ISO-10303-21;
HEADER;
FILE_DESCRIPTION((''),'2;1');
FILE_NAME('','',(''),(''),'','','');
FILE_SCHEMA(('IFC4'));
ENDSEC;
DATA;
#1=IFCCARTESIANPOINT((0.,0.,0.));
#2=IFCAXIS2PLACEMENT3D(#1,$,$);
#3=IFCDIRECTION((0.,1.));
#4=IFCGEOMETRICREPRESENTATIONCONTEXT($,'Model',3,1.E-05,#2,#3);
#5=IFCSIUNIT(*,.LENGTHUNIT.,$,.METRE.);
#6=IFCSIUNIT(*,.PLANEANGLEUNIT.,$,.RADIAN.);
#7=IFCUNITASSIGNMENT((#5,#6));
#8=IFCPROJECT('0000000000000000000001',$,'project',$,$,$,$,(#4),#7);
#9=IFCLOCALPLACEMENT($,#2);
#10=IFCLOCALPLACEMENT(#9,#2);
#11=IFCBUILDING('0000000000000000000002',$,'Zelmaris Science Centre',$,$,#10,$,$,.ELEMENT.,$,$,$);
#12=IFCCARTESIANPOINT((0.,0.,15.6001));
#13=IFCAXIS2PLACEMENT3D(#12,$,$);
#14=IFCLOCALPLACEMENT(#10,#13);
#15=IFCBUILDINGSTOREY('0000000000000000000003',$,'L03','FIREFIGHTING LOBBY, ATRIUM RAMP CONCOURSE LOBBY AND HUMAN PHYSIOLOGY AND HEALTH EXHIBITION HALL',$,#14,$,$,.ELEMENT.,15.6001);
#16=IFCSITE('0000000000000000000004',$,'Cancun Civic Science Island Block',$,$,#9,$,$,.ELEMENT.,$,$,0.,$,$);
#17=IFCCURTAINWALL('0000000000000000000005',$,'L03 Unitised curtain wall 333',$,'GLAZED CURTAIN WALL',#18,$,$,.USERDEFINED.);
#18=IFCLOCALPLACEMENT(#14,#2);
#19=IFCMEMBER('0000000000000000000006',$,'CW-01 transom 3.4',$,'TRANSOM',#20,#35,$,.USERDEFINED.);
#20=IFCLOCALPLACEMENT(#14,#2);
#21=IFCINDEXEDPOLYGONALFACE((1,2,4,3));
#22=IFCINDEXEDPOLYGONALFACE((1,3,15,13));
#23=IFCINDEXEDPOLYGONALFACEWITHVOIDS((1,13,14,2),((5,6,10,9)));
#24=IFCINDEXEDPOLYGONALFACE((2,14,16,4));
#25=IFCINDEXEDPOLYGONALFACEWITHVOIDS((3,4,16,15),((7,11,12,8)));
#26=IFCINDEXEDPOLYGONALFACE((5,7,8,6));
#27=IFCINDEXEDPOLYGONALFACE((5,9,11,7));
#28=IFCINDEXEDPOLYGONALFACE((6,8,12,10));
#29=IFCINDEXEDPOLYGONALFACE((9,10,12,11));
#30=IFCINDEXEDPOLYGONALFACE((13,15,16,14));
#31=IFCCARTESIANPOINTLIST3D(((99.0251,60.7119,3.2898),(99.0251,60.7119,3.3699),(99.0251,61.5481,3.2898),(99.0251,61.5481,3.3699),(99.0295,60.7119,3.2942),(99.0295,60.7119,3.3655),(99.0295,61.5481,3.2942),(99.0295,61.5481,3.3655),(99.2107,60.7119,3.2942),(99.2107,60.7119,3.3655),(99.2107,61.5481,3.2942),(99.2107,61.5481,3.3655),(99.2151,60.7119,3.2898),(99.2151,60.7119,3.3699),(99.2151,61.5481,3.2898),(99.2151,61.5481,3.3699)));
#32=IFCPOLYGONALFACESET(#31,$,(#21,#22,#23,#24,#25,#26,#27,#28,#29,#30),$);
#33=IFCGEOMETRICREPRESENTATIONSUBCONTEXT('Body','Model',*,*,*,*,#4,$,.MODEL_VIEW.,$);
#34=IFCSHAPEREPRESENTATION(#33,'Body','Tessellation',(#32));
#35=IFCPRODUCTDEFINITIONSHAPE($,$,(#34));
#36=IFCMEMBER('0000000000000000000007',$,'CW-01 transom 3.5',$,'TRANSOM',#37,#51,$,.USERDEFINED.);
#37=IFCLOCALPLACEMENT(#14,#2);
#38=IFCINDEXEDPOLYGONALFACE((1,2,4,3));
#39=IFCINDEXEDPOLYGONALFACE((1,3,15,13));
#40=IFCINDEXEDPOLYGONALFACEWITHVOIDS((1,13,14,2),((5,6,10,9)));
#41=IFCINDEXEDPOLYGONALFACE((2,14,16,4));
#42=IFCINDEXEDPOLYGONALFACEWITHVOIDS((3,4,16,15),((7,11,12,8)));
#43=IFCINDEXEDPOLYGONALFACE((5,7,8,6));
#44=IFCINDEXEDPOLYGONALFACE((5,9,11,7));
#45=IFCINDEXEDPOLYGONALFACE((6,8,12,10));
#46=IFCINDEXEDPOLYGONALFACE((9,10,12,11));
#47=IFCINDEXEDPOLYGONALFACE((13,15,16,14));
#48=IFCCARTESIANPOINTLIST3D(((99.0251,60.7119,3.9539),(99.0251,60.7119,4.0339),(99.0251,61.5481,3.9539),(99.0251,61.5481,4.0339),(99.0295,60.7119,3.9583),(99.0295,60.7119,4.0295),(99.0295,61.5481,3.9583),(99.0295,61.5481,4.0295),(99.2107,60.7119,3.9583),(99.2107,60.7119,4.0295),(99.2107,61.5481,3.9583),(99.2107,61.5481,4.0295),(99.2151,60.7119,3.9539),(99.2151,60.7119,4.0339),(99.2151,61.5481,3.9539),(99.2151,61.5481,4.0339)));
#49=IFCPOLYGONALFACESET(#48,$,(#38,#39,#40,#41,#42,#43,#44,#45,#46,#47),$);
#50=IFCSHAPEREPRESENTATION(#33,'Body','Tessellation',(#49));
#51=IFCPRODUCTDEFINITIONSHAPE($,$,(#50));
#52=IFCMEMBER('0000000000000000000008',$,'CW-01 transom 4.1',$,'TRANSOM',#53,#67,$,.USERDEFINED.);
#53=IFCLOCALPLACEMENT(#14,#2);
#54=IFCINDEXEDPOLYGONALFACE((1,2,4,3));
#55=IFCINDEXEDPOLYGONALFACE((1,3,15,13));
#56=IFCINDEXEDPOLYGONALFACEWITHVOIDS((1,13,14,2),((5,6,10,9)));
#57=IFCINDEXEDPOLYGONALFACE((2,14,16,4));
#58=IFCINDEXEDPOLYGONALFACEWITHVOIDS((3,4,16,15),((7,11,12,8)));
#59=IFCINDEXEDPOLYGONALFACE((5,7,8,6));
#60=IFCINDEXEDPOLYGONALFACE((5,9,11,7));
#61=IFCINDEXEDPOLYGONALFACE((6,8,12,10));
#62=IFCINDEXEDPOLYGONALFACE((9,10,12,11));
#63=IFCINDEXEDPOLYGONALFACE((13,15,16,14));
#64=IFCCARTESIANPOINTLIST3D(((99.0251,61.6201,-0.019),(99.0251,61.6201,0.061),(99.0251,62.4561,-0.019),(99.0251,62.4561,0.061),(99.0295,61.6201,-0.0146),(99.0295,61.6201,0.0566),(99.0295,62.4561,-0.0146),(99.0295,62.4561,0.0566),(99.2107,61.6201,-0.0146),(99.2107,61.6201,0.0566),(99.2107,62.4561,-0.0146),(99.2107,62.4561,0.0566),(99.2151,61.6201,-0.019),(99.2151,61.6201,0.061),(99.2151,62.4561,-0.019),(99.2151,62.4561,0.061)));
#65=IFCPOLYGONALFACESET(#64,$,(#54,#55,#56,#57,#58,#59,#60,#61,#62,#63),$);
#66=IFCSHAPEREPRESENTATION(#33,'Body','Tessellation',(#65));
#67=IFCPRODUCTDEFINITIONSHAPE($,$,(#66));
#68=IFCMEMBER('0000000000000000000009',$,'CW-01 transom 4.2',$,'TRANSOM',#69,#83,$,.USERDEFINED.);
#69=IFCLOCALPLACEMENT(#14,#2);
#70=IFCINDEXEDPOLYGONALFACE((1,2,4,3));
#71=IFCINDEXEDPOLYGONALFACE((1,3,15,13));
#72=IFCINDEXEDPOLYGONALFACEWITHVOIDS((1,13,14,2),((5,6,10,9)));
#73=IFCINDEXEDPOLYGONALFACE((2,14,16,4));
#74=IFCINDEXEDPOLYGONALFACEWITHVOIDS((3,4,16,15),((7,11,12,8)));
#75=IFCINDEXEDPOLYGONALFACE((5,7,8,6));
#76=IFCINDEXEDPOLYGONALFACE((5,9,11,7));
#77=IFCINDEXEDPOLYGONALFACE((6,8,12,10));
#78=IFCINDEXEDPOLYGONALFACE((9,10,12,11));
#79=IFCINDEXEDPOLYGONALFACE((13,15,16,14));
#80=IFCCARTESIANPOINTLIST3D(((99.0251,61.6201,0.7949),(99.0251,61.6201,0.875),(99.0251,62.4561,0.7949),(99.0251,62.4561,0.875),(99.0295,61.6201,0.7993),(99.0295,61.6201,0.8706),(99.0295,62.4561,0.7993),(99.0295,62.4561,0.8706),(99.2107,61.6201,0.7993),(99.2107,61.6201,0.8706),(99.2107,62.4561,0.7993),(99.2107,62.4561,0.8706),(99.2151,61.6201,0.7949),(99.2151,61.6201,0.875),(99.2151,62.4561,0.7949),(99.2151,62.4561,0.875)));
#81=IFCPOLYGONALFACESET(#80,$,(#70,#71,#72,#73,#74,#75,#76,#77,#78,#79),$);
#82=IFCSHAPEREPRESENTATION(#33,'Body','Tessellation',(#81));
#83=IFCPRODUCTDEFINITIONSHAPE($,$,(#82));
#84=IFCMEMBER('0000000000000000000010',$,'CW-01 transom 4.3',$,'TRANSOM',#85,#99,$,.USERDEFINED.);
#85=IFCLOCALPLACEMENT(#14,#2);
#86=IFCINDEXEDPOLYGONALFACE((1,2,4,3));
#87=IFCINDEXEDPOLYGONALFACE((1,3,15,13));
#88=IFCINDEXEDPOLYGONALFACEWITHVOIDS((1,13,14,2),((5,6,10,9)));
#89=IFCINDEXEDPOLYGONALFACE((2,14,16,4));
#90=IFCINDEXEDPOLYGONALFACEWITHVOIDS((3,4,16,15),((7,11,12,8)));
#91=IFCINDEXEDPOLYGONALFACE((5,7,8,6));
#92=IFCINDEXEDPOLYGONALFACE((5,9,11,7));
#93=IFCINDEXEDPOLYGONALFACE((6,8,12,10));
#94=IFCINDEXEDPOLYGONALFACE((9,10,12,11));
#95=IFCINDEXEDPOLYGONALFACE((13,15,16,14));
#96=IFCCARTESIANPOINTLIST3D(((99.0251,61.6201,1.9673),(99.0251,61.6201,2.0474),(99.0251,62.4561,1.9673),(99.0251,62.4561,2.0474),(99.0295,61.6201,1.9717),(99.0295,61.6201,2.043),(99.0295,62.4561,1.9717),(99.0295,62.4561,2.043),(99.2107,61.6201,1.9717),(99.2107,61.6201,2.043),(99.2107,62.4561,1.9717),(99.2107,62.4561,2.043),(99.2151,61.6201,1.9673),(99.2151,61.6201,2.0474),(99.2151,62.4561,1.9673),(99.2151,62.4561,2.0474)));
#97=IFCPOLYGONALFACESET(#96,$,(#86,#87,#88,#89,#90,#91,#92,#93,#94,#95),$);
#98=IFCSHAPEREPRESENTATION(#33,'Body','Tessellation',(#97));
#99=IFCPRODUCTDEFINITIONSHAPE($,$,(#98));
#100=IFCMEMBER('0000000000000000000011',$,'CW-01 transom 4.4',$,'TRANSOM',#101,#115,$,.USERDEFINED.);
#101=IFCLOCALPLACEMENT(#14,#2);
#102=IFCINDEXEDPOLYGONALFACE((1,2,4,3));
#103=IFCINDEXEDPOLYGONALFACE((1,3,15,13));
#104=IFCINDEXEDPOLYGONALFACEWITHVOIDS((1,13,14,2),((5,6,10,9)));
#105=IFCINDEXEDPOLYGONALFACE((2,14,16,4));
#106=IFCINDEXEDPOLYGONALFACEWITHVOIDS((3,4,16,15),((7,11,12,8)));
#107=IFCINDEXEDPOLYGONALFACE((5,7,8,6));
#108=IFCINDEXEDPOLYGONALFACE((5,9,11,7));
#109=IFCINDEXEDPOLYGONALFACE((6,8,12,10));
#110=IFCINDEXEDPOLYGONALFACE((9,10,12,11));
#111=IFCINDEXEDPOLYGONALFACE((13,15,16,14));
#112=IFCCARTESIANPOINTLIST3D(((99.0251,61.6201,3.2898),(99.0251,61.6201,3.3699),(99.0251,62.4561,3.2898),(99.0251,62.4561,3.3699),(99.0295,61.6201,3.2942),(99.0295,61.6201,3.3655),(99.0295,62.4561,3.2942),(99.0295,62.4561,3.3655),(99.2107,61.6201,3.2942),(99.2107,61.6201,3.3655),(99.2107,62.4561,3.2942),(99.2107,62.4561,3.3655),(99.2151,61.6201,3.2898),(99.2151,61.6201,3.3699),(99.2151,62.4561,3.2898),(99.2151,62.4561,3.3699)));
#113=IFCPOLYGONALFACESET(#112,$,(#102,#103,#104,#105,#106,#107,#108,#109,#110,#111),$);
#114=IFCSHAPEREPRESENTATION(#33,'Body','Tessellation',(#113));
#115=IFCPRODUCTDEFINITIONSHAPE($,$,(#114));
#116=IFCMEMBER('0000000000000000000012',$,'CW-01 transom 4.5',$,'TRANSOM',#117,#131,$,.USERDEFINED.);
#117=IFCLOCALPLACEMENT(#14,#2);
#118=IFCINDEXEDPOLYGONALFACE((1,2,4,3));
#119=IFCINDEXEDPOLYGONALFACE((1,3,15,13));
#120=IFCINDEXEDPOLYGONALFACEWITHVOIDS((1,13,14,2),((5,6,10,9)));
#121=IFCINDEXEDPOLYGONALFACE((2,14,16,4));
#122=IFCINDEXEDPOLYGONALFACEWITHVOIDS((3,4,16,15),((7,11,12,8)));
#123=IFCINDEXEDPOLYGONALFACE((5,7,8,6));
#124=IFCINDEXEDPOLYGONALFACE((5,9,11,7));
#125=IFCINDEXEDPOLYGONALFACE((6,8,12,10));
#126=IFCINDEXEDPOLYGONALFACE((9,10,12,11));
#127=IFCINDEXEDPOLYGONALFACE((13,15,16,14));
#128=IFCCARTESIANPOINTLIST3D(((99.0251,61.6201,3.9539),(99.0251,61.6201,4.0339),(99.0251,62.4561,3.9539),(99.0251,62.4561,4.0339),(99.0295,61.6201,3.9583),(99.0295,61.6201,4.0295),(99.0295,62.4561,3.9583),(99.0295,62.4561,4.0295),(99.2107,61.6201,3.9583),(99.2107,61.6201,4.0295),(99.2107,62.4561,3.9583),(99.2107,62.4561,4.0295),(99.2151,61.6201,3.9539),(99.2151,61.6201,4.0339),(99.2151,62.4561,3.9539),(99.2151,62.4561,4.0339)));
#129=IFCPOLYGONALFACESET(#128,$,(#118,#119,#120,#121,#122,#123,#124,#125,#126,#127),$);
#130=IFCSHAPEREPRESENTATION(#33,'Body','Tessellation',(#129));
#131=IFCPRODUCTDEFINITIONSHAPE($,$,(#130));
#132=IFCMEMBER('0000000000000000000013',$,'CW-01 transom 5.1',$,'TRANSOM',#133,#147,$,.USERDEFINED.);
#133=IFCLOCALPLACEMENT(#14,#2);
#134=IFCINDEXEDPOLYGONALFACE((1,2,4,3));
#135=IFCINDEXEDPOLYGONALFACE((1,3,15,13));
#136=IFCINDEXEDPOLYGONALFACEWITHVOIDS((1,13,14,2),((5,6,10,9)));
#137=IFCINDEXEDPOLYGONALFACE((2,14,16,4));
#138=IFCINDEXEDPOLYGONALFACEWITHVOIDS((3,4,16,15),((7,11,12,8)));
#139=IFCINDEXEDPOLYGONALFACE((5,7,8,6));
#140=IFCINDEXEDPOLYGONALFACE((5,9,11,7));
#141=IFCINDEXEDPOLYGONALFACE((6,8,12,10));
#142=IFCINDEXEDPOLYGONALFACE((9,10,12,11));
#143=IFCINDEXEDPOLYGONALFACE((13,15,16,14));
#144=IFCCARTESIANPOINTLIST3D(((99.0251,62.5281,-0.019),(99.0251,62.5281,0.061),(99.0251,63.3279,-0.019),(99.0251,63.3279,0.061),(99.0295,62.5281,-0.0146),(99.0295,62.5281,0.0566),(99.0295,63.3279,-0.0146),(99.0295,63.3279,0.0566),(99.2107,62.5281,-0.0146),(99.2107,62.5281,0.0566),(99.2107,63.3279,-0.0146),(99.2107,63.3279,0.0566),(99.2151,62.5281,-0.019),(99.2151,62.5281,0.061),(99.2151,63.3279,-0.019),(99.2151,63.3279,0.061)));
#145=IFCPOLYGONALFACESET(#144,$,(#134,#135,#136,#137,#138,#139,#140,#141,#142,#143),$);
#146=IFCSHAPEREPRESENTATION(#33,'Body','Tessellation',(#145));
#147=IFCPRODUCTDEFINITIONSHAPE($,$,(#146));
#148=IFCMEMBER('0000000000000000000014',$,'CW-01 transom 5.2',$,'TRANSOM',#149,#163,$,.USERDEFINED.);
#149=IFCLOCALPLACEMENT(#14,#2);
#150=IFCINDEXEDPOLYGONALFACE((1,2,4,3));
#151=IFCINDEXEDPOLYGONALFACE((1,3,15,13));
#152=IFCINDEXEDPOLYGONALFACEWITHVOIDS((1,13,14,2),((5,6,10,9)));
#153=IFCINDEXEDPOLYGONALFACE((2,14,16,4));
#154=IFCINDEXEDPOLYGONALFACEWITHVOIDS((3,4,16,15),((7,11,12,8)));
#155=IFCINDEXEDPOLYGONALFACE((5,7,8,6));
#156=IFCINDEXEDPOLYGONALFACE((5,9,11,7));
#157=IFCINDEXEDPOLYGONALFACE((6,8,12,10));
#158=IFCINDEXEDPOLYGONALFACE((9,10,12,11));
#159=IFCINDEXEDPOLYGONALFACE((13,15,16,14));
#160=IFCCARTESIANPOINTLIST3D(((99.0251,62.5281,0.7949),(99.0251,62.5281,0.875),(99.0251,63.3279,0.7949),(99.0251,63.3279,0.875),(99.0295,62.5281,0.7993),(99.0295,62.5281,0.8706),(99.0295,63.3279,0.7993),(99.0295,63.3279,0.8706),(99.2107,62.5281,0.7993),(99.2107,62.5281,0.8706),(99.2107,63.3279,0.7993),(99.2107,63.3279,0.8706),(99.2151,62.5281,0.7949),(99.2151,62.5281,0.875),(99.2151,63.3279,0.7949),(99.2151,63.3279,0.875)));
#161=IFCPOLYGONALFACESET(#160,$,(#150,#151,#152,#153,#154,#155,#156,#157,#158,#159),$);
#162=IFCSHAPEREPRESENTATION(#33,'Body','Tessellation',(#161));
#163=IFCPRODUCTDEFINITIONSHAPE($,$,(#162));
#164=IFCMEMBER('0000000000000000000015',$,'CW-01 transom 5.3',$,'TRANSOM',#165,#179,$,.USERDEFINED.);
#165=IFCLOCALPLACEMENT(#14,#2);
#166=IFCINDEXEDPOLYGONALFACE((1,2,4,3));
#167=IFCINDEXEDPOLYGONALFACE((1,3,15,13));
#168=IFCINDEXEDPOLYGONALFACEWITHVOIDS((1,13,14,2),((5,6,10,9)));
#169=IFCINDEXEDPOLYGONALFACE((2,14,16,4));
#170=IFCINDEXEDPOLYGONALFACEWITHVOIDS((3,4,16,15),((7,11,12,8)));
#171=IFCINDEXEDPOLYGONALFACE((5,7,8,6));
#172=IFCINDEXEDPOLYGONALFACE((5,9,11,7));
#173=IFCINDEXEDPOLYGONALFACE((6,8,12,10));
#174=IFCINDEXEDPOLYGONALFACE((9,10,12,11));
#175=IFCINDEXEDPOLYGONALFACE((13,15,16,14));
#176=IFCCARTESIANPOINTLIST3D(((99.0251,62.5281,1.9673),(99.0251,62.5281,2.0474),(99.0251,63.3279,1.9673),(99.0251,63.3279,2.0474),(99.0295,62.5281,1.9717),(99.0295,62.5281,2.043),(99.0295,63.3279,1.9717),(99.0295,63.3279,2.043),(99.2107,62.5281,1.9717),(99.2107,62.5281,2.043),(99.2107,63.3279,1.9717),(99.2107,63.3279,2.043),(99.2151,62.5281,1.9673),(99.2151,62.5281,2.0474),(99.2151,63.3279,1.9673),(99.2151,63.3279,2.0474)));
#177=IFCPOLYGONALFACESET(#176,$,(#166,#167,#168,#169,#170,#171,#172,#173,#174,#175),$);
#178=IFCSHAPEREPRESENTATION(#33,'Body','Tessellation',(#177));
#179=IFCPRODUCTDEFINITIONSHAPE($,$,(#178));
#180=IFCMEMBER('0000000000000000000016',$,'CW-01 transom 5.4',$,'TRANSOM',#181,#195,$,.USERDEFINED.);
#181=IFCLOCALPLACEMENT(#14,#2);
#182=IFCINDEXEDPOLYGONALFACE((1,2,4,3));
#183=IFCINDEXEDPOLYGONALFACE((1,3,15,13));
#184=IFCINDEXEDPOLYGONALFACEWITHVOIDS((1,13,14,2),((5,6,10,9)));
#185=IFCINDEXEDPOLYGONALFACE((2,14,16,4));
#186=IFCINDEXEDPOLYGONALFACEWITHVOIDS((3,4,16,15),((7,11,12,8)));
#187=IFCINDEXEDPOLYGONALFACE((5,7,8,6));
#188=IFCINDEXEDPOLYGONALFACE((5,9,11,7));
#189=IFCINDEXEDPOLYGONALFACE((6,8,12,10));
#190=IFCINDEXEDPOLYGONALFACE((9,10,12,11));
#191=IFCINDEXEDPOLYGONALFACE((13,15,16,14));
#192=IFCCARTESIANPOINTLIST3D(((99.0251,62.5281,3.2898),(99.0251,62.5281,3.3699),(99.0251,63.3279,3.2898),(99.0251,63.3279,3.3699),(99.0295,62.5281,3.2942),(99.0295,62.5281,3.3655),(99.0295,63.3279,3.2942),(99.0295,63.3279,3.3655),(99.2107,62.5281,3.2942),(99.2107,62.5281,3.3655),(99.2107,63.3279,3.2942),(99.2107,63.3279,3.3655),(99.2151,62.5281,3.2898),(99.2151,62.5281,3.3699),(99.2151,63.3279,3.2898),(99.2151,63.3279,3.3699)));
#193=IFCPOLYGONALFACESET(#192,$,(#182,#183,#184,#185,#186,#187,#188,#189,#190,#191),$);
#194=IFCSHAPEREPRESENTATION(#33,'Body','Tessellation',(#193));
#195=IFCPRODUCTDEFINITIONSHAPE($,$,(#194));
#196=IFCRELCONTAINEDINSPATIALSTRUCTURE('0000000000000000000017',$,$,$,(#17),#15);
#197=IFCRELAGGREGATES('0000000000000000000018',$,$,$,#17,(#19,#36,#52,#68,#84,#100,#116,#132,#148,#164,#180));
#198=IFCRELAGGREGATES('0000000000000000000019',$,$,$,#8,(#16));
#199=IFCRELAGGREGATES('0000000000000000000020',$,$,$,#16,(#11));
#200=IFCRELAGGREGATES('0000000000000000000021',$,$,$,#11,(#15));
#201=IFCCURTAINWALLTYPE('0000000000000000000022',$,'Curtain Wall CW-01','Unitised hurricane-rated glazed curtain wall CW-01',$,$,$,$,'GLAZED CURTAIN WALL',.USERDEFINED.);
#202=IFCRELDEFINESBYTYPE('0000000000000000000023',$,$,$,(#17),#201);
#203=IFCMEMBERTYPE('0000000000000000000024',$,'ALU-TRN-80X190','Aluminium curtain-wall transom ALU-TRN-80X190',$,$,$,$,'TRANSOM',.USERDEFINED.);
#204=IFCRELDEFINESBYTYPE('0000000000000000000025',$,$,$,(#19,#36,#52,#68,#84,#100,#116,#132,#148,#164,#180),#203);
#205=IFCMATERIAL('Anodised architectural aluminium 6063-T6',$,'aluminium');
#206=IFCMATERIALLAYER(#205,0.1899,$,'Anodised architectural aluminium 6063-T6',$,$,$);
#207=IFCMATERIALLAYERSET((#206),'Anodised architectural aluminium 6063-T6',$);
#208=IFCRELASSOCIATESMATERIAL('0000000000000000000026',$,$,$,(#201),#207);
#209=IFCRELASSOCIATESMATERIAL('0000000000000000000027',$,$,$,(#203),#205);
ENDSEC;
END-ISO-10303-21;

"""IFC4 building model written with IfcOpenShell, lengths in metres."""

from ifc_helpers import new_model, si_unit, direction, frame, origin, origin_2d, place, context, subcontext, project, spatial, hollow_rectangle, extrude, material, layer, layer_set, material_profile, profile_set, type_object, element, aggregate, save


model = new_model("IFC4")

# Units and contexts
model_context = context("Model", 3, precision=1e-05, world=origin(), true_north=direction((0.0, 1.0)))
body_context = subcontext(model_context, "Body", "Model", "MODEL_VIEW")
ifc_project = project(units=[si_unit("LENGTHUNIT", "METRE"), si_unit("PLANEANGLEUNIT", "RADIAN")], contexts=[model_context])

# Site, building, storey
site_placement = place(None, origin())
site = spatial("IfcSite", under=ifc_project, at=site_placement, Name="Cancun Civic Science Island Block", CompositionType="ELEMENT", RefElevation=0.0)
building_placement = place(site_placement, origin())
building = spatial("IfcBuilding", under=site, at=building_placement, Name="Zelmaris Science Centre", CompositionType="ELEMENT")
storey_placement = place(building_placement, frame((0.0, 0.0, 15.6001)))
storey = spatial("IfcBuildingStorey", under=building, at=storey_placement, Name="L03", Description="FIREFIGHTING LOBBY, ATRIUM RAMP CONCOURSE LOBBY AND HUMAN PHYSIOLOGY AND HEALTH EXHIBITION HALL", CompositionType="ELEMENT", Elevation=15.6001)

# Curtain wall, members
ifc_material_1 = material(Name="Anodised architectural aluminium 6063-T6", Category="aluminium")
ifc_layer_1 = layer(ifc_material_1, 0.1899, Name="Anodised architectural aluminium 6063-T6")
ifc_layer_set_1 = layer_set([ifc_layer_1], Name="Anodised architectural aluminium 6063-T6")
curtain_wall_type = type_object("IfcCurtainWallType", Name="Curtain Wall CW-01", Description="Unitised hurricane-rated glazed curtain wall CW-01", ElementType="GLAZED CURTAIN WALL", PredefinedType="USERDEFINED", material=ifc_layer_set_1)
curtain_wall_placement = place(storey_placement, origin())
curtain_wall = element("IfcCurtainWall", 1, at=curtain_wall_placement, inside=storey, type_object=curtain_wall_type, Name="L03 Unitised curtain wall 333", ObjectType="GLAZED CURTAIN WALL", PredefinedType="USERDEFINED")
ifc_material_profile_1 = material_profile(ifc_material_1, hollow_rectangle(XDim=0.0801, YDim=0.1899, WallThickness=0.0044, at=origin_2d()), Name="ALU-TRN-80X190")
ifc_profile_set_1 = profile_set([ifc_material_profile_1], Name="Anodised architectural aluminium 6063-T6")
member_type_1 = type_object("IfcMemberType", Name="ALU-TRN-80X190", Description="Aluminium curtain-wall transom ALU-TRN-80X190", ElementType="TRANSOM", PredefinedType="USERDEFINED", material=ifc_profile_set_1)
member_1_placement = place(storey_placement, frame((99.1201, 60.7119, 3.3298), z_axis=(0.0, 1.0, 0.0), x_axis=(0.0, 0.0, 1.0)))
member_1 = element("IfcMember", 2, at=member_1_placement, type_object=member_type_1, Name="CW-01 transom 3.4", ObjectType="TRANSOM", PredefinedType="USERDEFINED", context=body_context, shape_type="SweptSolid", body=[
    extrude(hollow_rectangle(XDim=0.0801, YDim=0.1899, WallThickness=0.0044, at=origin_2d()), origin(), (0.0, 0.0, 1.0), 0.8362),
])
member_2_placement = place(storey_placement, frame((99.1201, 60.7119, 3.9939), z_axis=(0.0, 1.0, 0.0), x_axis=(0.0, 0.0, 1.0)))
member_2 = element("IfcMember", 3, at=member_2_placement, type_object=member_type_1, Name="CW-01 transom 3.5", ObjectType="TRANSOM", PredefinedType="USERDEFINED", context=body_context, shape_type="SweptSolid", body=[
    extrude(hollow_rectangle(XDim=0.0801, YDim=0.1899, WallThickness=0.0044, at=origin_2d()), origin(), (0.0, 0.0, 1.0), 0.8362),
])
member_3_placement = place(storey_placement, frame((99.1201, 61.6201, 0.021), z_axis=(0.0, 1.0, 0.0), x_axis=(0.0, 0.0, 1.0)))
member_3 = element("IfcMember", 4, at=member_3_placement, type_object=member_type_1, Name="CW-01 transom 4.1", ObjectType="TRANSOM", PredefinedType="USERDEFINED", context=body_context, shape_type="SweptSolid", body=[
    extrude(hollow_rectangle(XDim=0.0801, YDim=0.1899, WallThickness=0.0044, at=origin_2d()), origin(), (0.0, 0.0, 1.0), 0.8359),
])
member_4_placement = place(storey_placement, frame((99.1201, 61.6201, 0.835), z_axis=(0.0, 1.0, 0.0), x_axis=(0.0, 0.0, 1.0)))
member_4 = element("IfcMember", 5, at=member_4_placement, type_object=member_type_1, Name="CW-01 transom 4.2", ObjectType="TRANSOM", PredefinedType="USERDEFINED", context=body_context, shape_type="SweptSolid", body=[
    extrude(hollow_rectangle(XDim=0.0801, YDim=0.1899, WallThickness=0.0044, at=origin_2d()), origin(), (0.0, 0.0, 1.0), 0.8359),
])
member_5_placement = place(storey_placement, frame((99.1201, 61.6201, 2.0073), z_axis=(0.0, 1.0, 0.0), x_axis=(0.0, 0.0, 1.0)))
member_5 = element("IfcMember", 6, at=member_5_placement, type_object=member_type_1, Name="CW-01 transom 4.3", ObjectType="TRANSOM", PredefinedType="USERDEFINED", context=body_context, shape_type="SweptSolid", body=[
    extrude(hollow_rectangle(XDim=0.0801, YDim=0.1899, WallThickness=0.0044, at=origin_2d()), origin(), (0.0, 0.0, 1.0), 0.8359),
])
member_6_placement = place(storey_placement, frame((99.1201, 61.6201, 3.3298), z_axis=(0.0, 1.0, 0.0), x_axis=(0.0, 0.0, 1.0)))
member_6 = element("IfcMember", 7, at=member_6_placement, type_object=member_type_1, Name="CW-01 transom 4.4", ObjectType="TRANSOM", PredefinedType="USERDEFINED", context=body_context, shape_type="SweptSolid", body=[
    extrude(hollow_rectangle(XDim=0.0801, YDim=0.1899, WallThickness=0.0044, at=origin_2d()), origin(), (0.0, 0.0, 1.0), 0.8359),
])
member_7_placement = place(storey_placement, frame((99.1201, 61.6201, 3.9939), z_axis=(0.0, 1.0, 0.0), x_axis=(0.0, 0.0, 1.0)))
member_7 = element("IfcMember", 8, at=member_7_placement, type_object=member_type_1, Name="CW-01 transom 4.5", ObjectType="TRANSOM", PredefinedType="USERDEFINED", context=body_context, shape_type="SweptSolid", body=[
    extrude(hollow_rectangle(XDim=0.0801, YDim=0.1899, WallThickness=0.0044, at=origin_2d()), origin(), (0.0, 0.0, 1.0), 0.8359),
])
member_8_placement = place(storey_placement, frame((99.1201, 62.5281, 0.021), z_axis=(0.0, 1.0, 0.0), x_axis=(0.0, 0.0, 1.0)))
member_8 = element("IfcMember", 9, at=member_8_placement, type_object=member_type_1, Name="CW-01 transom 5.1", ObjectType="TRANSOM", PredefinedType="USERDEFINED", context=body_context, shape_type="SweptSolid", body=[
    extrude(hollow_rectangle(XDim=0.0801, YDim=0.1899, WallThickness=0.0044, at=origin_2d()), origin(), (0.0, 0.0, 1.0), 0.7998),
])
member_9_placement = place(storey_placement, frame((99.1201, 62.5281, 0.835), z_axis=(0.0, 1.0, 0.0), x_axis=(0.0, 0.0, 1.0)))
member_9 = element("IfcMember", 10, at=member_9_placement, type_object=member_type_1, Name="CW-01 transom 5.2", ObjectType="TRANSOM", PredefinedType="USERDEFINED", context=body_context, shape_type="SweptSolid", body=[
    extrude(hollow_rectangle(XDim=0.0801, YDim=0.1899, WallThickness=0.0044, at=origin_2d()), origin(), (0.0, 0.0, 1.0), 0.7998),
])
member_10_placement = place(storey_placement, frame((99.1201, 62.5281, 2.0073), z_axis=(0.0, 1.0, 0.0), x_axis=(0.0, 0.0, 1.0)))
member_10 = element("IfcMember", 11, at=member_10_placement, type_object=member_type_1, Name="CW-01 transom 5.3", ObjectType="TRANSOM", PredefinedType="USERDEFINED", context=body_context, shape_type="SweptSolid", body=[
    extrude(hollow_rectangle(XDim=0.0801, YDim=0.1899, WallThickness=0.0044, at=origin_2d()), origin(), (0.0, 0.0, 1.0), 0.7998),
])
member_11_placement = place(storey_placement, frame((99.1201, 62.5281, 3.3298), z_axis=(0.0, 1.0, 0.0), x_axis=(0.0, 0.0, 1.0)))
member_11 = element("IfcMember", 12, at=member_11_placement, type_object=member_type_1, Name="CW-01 transom 5.4", ObjectType="TRANSOM", PredefinedType="USERDEFINED", context=body_context, shape_type="SweptSolid", body=[
    extrude(hollow_rectangle(XDim=0.0801, YDim=0.1899, WallThickness=0.0044, at=origin_2d()), origin(), (0.0, 0.0, 1.0), 0.7998),
])
aggregate(curtain_wall, [member_1, member_2, member_3, member_4, member_5, member_6, member_7, member_8, member_9, member_10, member_11])

save(model, "model.ifc")
